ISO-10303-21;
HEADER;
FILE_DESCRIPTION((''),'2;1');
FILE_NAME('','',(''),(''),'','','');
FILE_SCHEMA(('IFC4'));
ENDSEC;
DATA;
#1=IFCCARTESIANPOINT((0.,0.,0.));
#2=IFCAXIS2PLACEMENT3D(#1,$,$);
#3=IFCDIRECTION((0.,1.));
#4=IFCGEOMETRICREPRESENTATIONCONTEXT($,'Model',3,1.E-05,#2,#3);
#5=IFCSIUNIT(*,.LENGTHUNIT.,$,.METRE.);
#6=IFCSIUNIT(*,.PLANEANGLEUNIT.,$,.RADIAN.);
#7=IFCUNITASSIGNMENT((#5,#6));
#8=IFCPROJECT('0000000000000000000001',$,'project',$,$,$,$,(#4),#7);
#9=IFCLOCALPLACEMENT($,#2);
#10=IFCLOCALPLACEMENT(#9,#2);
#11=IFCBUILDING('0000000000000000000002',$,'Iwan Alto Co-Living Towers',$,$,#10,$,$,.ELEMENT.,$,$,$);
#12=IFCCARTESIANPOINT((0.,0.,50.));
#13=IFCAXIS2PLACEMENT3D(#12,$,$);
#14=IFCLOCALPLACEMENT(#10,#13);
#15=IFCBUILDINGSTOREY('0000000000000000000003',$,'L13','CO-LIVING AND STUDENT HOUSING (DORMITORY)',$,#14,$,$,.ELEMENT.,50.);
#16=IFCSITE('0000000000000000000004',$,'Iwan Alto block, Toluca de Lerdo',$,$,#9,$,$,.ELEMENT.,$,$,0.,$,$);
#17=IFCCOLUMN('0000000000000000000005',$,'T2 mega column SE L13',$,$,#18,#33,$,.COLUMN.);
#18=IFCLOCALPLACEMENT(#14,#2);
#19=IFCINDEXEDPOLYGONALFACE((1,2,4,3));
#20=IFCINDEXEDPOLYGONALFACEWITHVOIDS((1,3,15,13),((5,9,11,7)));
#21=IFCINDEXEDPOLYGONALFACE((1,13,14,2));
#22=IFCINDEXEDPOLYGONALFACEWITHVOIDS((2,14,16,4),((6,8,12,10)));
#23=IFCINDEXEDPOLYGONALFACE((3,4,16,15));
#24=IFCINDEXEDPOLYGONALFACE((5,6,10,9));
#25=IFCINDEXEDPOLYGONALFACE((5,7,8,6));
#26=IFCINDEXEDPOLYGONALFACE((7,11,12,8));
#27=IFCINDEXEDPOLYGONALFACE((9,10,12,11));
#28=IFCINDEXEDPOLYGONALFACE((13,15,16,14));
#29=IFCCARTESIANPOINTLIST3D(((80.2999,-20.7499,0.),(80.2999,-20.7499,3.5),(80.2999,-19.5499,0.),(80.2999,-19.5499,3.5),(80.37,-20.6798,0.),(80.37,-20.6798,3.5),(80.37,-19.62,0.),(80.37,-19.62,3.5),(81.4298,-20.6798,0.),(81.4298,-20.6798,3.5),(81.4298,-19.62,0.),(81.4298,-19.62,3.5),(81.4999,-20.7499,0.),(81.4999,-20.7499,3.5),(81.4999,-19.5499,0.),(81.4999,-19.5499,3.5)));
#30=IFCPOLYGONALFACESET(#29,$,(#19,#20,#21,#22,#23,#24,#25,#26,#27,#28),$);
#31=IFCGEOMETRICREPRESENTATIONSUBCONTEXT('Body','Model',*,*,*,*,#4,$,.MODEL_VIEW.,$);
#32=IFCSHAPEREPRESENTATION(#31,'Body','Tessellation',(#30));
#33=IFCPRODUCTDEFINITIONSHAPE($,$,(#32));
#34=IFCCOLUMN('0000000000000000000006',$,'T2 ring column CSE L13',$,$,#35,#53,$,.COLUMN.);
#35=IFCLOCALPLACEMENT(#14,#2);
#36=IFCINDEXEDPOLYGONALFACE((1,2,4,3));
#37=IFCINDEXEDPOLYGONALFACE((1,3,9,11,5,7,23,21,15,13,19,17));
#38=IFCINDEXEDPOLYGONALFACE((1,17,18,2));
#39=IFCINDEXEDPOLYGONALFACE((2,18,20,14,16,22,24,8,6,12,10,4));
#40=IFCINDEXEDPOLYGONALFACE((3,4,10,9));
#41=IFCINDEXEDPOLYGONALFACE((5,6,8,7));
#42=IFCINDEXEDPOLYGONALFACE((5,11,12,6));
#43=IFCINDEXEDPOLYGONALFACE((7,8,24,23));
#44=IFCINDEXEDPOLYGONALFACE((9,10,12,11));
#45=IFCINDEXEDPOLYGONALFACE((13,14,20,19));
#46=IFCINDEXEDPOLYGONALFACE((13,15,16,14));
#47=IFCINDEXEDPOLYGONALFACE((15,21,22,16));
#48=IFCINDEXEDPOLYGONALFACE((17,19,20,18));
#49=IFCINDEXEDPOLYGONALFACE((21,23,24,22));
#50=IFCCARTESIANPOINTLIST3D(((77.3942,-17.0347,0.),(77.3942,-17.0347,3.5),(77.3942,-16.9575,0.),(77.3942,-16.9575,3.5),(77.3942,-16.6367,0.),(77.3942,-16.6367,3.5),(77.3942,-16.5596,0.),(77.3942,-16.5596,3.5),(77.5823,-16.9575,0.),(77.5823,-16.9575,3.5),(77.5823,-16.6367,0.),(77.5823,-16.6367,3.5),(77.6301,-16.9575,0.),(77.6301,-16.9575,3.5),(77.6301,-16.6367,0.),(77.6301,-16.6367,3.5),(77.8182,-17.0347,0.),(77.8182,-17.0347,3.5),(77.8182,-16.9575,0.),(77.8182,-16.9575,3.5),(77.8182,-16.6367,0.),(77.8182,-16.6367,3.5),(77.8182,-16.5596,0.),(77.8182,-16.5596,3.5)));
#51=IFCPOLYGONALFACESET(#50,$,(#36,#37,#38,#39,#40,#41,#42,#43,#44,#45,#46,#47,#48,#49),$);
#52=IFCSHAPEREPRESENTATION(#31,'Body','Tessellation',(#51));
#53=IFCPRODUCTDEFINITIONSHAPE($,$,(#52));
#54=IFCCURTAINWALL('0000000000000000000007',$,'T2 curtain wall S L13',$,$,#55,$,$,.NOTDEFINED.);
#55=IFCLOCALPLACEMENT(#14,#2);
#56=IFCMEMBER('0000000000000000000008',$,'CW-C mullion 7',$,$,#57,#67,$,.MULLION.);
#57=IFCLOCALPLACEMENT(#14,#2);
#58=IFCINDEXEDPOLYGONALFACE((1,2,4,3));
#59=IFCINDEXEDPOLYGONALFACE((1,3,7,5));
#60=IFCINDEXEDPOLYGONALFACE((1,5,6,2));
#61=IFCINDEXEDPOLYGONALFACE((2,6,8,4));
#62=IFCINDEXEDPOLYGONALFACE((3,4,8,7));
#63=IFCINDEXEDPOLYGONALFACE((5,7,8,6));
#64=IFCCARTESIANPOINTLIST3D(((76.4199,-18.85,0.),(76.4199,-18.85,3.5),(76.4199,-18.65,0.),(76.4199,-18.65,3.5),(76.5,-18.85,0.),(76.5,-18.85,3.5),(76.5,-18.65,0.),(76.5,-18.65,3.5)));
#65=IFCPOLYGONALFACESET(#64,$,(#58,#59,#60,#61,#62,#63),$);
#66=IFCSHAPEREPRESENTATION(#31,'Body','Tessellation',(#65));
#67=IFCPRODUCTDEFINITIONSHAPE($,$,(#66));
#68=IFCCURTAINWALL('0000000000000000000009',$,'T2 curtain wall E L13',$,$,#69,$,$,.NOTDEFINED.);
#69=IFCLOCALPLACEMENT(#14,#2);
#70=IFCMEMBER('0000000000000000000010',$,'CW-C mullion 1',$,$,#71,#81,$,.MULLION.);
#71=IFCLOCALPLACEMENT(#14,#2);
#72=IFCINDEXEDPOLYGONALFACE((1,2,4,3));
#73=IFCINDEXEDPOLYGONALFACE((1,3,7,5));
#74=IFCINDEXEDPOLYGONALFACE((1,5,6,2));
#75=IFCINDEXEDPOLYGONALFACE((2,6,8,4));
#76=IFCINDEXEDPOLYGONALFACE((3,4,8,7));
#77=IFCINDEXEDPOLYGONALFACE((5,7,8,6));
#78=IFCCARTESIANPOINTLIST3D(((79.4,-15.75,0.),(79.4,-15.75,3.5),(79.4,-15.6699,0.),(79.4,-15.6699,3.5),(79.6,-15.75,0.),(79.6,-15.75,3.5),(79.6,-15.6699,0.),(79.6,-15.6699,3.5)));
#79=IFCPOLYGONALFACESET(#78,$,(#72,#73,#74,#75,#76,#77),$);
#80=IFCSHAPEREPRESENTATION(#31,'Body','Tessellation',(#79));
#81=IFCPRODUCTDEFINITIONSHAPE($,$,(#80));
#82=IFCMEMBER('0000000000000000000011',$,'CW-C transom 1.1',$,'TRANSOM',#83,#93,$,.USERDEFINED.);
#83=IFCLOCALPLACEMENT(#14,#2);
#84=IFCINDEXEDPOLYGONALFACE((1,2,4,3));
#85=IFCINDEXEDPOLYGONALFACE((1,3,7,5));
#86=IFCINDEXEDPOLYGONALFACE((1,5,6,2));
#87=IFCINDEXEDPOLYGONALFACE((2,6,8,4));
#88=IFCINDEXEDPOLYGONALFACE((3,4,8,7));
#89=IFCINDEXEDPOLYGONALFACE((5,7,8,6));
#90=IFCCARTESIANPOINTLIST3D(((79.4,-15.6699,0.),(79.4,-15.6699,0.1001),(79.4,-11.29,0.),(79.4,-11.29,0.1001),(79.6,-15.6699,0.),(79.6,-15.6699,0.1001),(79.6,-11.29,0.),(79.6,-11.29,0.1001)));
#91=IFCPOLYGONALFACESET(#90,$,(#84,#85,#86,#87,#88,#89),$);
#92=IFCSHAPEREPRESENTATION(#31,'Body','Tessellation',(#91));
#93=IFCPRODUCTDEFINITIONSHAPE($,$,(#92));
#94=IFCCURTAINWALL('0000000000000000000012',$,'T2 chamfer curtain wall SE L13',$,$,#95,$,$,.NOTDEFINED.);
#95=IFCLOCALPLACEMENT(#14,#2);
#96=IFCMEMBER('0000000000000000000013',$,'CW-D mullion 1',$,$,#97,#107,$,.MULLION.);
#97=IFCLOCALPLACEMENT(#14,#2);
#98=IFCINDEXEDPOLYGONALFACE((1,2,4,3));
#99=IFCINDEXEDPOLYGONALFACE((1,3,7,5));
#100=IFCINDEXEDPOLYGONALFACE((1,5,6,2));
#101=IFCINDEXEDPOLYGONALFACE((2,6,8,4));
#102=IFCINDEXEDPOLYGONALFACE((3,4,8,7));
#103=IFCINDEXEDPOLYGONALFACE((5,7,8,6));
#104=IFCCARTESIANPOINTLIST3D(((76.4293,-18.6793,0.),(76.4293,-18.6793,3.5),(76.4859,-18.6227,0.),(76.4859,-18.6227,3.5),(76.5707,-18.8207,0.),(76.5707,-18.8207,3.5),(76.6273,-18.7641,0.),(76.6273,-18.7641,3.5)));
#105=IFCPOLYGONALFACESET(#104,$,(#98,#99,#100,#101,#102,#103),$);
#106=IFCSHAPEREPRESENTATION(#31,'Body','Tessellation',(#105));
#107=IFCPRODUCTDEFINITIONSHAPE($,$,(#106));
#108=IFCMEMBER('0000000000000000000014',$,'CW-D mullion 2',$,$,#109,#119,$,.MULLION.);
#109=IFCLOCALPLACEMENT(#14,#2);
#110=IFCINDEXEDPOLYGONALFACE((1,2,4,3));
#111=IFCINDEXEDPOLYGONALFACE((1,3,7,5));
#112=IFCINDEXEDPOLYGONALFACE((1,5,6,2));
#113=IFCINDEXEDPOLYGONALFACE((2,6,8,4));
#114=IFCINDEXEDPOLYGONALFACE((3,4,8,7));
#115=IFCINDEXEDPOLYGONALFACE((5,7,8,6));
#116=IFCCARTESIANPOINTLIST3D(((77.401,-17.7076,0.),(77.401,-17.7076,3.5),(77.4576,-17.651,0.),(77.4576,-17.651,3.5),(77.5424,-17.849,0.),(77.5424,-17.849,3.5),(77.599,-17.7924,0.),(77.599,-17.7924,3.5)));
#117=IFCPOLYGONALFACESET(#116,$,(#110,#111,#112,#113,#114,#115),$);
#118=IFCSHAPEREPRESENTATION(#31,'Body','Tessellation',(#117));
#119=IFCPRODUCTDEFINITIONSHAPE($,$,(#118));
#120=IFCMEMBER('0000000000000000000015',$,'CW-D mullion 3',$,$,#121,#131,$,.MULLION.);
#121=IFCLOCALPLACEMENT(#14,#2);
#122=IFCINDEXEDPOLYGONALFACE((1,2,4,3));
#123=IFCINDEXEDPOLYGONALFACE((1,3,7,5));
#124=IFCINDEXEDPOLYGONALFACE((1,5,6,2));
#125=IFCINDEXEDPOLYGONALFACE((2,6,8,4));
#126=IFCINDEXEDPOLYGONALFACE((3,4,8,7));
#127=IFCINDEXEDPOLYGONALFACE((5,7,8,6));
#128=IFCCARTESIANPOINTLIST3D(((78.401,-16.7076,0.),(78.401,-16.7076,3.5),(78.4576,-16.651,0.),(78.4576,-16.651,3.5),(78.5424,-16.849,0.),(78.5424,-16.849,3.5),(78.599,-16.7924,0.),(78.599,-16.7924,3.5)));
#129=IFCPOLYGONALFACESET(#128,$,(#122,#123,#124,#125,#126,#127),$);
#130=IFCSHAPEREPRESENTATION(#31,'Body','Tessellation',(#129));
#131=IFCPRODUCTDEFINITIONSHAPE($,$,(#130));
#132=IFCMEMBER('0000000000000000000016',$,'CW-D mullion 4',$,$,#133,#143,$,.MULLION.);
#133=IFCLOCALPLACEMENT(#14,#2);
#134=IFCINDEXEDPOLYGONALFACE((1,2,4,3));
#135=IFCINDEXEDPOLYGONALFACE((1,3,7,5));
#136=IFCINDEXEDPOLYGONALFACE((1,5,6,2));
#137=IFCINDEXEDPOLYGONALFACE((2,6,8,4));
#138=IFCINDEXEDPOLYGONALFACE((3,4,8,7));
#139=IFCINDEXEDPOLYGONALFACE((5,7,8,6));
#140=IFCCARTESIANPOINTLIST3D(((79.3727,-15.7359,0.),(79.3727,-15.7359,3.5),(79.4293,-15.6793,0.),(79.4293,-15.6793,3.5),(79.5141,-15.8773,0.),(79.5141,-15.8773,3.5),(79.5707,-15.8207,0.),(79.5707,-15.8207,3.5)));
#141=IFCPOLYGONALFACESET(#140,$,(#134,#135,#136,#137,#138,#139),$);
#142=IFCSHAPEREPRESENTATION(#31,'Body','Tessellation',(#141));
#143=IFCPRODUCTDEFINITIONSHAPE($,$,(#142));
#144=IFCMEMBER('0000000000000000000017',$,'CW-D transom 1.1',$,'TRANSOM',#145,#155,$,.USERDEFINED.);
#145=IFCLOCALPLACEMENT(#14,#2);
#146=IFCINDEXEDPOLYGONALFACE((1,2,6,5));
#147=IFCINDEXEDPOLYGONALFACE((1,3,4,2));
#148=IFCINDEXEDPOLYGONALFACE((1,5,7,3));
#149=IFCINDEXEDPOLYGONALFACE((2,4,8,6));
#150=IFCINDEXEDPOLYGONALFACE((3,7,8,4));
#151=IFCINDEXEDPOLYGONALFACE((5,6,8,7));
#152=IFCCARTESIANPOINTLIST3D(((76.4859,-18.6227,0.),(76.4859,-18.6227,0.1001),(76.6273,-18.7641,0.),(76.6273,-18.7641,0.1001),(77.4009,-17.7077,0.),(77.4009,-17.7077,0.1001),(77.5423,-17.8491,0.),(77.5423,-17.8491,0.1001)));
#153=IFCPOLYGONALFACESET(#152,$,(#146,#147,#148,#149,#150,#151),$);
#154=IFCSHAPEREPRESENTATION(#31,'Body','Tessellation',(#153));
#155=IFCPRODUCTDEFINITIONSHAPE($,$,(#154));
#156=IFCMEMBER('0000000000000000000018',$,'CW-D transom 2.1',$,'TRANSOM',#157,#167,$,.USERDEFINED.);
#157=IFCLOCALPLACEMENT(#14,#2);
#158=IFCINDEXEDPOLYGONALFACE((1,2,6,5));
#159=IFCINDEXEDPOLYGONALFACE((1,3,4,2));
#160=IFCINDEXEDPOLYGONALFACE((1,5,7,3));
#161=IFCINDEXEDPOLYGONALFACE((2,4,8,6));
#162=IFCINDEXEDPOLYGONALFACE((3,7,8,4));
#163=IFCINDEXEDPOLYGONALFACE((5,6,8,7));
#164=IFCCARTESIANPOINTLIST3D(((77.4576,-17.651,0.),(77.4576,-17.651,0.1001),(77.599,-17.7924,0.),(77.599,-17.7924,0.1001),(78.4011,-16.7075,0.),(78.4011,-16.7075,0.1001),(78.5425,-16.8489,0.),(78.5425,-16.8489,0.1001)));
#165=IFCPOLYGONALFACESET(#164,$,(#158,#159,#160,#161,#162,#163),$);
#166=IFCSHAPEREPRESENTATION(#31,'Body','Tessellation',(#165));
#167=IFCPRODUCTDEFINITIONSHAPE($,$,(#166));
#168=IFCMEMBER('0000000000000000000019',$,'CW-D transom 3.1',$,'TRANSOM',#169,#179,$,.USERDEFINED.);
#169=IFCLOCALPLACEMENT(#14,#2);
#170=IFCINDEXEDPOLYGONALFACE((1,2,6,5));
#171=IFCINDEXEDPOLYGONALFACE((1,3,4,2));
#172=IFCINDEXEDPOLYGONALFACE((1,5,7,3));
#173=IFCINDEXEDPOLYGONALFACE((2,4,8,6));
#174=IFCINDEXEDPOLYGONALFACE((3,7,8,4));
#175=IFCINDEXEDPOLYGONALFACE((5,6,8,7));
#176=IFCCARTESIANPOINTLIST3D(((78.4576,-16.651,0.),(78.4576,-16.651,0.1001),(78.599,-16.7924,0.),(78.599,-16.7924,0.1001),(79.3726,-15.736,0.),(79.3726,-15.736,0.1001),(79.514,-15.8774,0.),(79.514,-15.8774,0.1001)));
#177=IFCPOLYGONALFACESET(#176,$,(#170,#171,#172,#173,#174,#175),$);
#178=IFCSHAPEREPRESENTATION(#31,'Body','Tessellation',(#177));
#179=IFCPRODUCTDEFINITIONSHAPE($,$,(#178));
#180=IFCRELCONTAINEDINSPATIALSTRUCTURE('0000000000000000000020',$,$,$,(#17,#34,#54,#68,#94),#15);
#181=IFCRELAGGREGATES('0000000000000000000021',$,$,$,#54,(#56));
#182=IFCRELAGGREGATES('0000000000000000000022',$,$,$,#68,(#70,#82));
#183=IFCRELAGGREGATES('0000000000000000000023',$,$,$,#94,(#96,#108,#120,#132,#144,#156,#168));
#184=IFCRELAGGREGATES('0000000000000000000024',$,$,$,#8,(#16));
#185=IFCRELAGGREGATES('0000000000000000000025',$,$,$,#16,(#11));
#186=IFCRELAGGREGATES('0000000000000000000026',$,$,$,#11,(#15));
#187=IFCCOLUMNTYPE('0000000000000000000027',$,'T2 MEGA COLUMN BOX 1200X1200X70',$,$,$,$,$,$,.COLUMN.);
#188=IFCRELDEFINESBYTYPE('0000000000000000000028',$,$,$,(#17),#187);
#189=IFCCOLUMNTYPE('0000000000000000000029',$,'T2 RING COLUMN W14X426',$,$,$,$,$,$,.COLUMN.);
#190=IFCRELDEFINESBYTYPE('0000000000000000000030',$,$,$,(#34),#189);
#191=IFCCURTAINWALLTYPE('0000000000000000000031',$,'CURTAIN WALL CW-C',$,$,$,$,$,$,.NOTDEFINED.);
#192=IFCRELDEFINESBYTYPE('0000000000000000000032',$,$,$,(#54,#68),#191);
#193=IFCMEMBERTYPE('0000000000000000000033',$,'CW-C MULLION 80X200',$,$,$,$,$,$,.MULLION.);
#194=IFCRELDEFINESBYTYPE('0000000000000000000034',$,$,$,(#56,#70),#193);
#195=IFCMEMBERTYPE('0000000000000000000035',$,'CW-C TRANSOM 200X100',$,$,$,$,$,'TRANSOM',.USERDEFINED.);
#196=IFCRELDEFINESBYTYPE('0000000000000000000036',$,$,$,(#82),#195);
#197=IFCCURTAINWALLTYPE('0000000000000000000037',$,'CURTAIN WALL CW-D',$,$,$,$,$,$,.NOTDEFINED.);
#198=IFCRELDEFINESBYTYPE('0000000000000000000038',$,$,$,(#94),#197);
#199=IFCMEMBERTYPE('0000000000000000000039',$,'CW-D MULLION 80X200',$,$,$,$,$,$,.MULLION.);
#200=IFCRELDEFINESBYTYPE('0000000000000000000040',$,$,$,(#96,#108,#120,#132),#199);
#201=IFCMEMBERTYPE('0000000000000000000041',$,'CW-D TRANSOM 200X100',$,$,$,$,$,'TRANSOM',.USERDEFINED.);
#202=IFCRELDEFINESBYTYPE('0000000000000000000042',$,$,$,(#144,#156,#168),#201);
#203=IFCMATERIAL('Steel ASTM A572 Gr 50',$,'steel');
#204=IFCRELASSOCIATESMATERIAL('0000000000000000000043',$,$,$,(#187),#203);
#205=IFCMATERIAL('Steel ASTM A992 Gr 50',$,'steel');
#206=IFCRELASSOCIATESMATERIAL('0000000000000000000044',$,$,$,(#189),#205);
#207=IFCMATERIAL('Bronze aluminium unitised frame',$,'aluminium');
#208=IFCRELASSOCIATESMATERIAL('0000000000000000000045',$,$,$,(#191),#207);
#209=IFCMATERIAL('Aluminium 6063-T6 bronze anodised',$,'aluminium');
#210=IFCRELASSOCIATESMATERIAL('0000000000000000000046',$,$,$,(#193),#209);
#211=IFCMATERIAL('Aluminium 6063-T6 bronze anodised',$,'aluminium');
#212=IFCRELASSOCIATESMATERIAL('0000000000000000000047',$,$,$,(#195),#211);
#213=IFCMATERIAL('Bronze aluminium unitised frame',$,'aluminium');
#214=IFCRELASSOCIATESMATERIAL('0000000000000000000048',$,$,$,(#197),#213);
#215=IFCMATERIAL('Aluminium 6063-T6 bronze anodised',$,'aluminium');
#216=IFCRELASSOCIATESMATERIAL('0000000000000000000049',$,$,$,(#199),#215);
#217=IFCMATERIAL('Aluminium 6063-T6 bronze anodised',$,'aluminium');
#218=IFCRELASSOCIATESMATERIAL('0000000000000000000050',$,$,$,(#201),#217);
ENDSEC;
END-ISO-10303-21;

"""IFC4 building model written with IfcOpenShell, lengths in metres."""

from ifc_helpers import new_model, si_unit, direction, frame, origin, origin_2d, place, context, subcontext, project, spatial, rectangle, hollow_rectangle, i_section, extrude, material, material_profile, profile_set, type_object, element, aggregate, save


model = new_model("IFC4")

# Units and contexts
model_context = context("Model", 3, precision=1e-05, world=origin(), true_north=direction((0.0, 1.0)))
body_context = subcontext(model_context, "Body", "Model", "MODEL_VIEW")
ifc_project = project(units=[si_unit("LENGTHUNIT", "METRE"), si_unit("PLANEANGLEUNIT", "RADIAN")], contexts=[model_context])

# Site, building, storey
site_placement = place(None, origin())
site = spatial("IfcSite", under=ifc_project, at=site_placement, Name="Iwan Alto block, Toluca de Lerdo", CompositionType="ELEMENT", RefElevation=0.0)
building_placement = place(site_placement, origin())
building = spatial("IfcBuilding", under=site, at=building_placement, Name="Iwan Alto Co-Living Towers", CompositionType="ELEMENT")
storey_placement = place(building_placement, frame((0.0, 0.0, 50.0)))
storey = spatial("IfcBuildingStorey", under=building, at=storey_placement, Name="L13", Description="CO-LIVING AND STUDENT HOUSING (DORMITORY)", CompositionType="ELEMENT", Elevation=50.0)

# Columns
ifc_material_1 = material(Name="Steel ASTM A572 Gr 50", Category="steel")
ifc_material_profile_1 = material_profile(ifc_material_1, hollow_rectangle(XDim=1.2, YDim=1.2, WallThickness=0.0701, at=origin_2d()), Name="BOX 1200X1200X70")
ifc_profile_set_1 = profile_set([ifc_material_profile_1], Name="Steel ASTM A572 Gr 50")
column_type_1 = type_object("IfcColumnType", Name="T2 MEGA COLUMN BOX 1200X1200X70", PredefinedType="COLUMN", material=ifc_profile_set_1)
column_1_placement = place(storey_placement, frame((80.8999, -20.1499, 0.0), z_axis=(0.0, 0.0, 1.0), x_axis=(1.0, 0.0, 0.0)))
element("IfcColumn", 1, at=column_1_placement, inside=storey, type_object=column_type_1, Name="T2 mega column SE L13", PredefinedType="COLUMN", context=body_context, shape_type="SweptSolid", body=[
    extrude(hollow_rectangle(XDim=1.2, YDim=1.2, WallThickness=0.0701, at=origin_2d()), origin(), (0.0, 0.0, 1.0), 3.5),
])
ifc_material_2 = material(Name="Steel ASTM A992 Gr 50", Category="steel")
ifc_material_profile_2 = material_profile(ifc_material_2, i_section(OverallWidth=0.4241, OverallDepth=0.4751, WebThickness=0.0479, FlangeThickness=0.0771, at=origin_2d()), Name="W14X426")
ifc_profile_set_2 = profile_set([ifc_material_profile_2], Name="Steel ASTM A992 Gr 50")
column_type_2 = type_object("IfcColumnType", Name="T2 RING COLUMN W14X426", PredefinedType="COLUMN", material=ifc_profile_set_2)
column_2_placement = place(storey_placement, frame((77.6062, -16.7971, 0.0), z_axis=(0.0, 0.0, 1.0), x_axis=(1.0, 0.0, 0.0)))
element("IfcColumn", 2, at=column_2_placement, inside=storey, type_object=column_type_2, Name="T2 ring column CSE L13", PredefinedType="COLUMN", context=body_context, shape_type="SweptSolid", body=[
    extrude(i_section(OverallWidth=0.4241, OverallDepth=0.4751, WebThickness=0.0479, FlangeThickness=0.0771, at=origin_2d()), origin(), (0.0, 0.0, 1.0), 3.5),
])

# Curtain wall, member
ifc_material_3 = material(Name="Bronze aluminium unitised frame", Category="aluminium")
curtain_wall_type_1 = type_object("IfcCurtainWallType", Name="CURTAIN WALL CW-C", PredefinedType="NOTDEFINED", material=ifc_material_3)
curtain_wall_1_placement = place(storey_placement, origin())
curtain_wall_1 = element("IfcCurtainWall", 3, at=curtain_wall_1_placement, inside=storey, type_object=curtain_wall_type_1, Name="T2 curtain wall S L13", PredefinedType="NOTDEFINED")
ifc_material_4 = material(Name="Aluminium 6063-T6 bronze anodised", Category="aluminium")
ifc_material_profile_3 = material_profile(ifc_material_4, rectangle(XDim=0.2, YDim=0.0801, at=origin_2d()), Name="AL 80X200")
ifc_profile_set_3 = profile_set([ifc_material_profile_3], Name="Aluminium 6063-T6 bronze anodised")
member_type_1 = type_object("IfcMemberType", Name="CW-C MULLION 80X200", PredefinedType="MULLION", material=ifc_profile_set_3)
member_1_placement = place(storey_placement, frame((76.46, -18.75, 0.0), z_axis=(0.0, 0.0, 1.0), x_axis=(0.0, 1.0, 0.0)))
member_1 = element("IfcMember", 4, at=member_1_placement, type_object=member_type_1, Name="CW-C mullion 7", PredefinedType="MULLION", context=body_context, shape_type="SweptSolid", body=[
    extrude(rectangle(XDim=0.2, YDim=0.0801, at=origin_2d()), origin(), (0.0, 0.0, 1.0), 3.5),
])

# Curtain walls, members
curtain_wall_2_placement = place(storey_placement, origin())
curtain_wall_2 = element("IfcCurtainWall", 5, at=curtain_wall_2_placement, inside=storey, type_object=curtain_wall_type_1, Name="T2 curtain wall E L13", PredefinedType="NOTDEFINED")
member_2_placement = place(storey_placement, frame((79.5, -15.71, 0.0), z_axis=(0.0, 0.0, 1.0), x_axis=(-1.0, 0.0, 0.0)))
member_2 = element("IfcMember", 6, at=member_2_placement, type_object=member_type_1, Name="CW-C mullion 1", PredefinedType="MULLION", context=body_context, shape_type="SweptSolid", body=[
    extrude(rectangle(XDim=0.2, YDim=0.0801, at=origin_2d()), origin(), (0.0, 0.0, 1.0), 3.5),
])
ifc_material_5 = material(Name="Aluminium 6063-T6 bronze anodised", Category="aluminium")
ifc_material_profile_4 = material_profile(ifc_material_5, rectangle(XDim=0.2, YDim=0.1001, at=origin_2d()), Name="AL 200X100")
ifc_profile_set_4 = profile_set([ifc_material_profile_4], Name="Aluminium 6063-T6 bronze anodised")
member_type_2 = type_object("IfcMemberType", Name="CW-C TRANSOM 200X100", ElementType="TRANSOM", PredefinedType="USERDEFINED", material=ifc_profile_set_4)
member_3_placement = place(storey_placement, frame((79.5, -15.6699, 0.05), z_axis=(0.0, 1.0, 0.0), x_axis=(-1.0, 0.0, 0.0)))
member_3 = element("IfcMember", 7, at=member_3_placement, type_object=member_type_2, Name="CW-C transom 1.1", ObjectType="TRANSOM", PredefinedType="USERDEFINED", context=body_context, shape_type="SweptSolid", body=[
    extrude(rectangle(XDim=0.2, YDim=0.1001, at=origin_2d()), origin(), (0.0, 0.0, 1.0), 4.3799),
])
ifc_material_6 = material(Name="Bronze aluminium unitised frame", Category="aluminium")
curtain_wall_type_2 = type_object("IfcCurtainWallType", Name="CURTAIN WALL CW-D", PredefinedType="NOTDEFINED", material=ifc_material_6)
curtain_wall_3_placement = place(storey_placement, origin())
curtain_wall_3 = element("IfcCurtainWall", 8, at=curtain_wall_3_placement, inside=storey, type_object=curtain_wall_type_2, Name="T2 chamfer curtain wall SE L13", PredefinedType="NOTDEFINED")
ifc_material_7 = material(Name="Aluminium 6063-T6 bronze anodised", Category="aluminium")
ifc_material_profile_5 = material_profile(ifc_material_7, rectangle(XDim=0.2, YDim=0.0801, at=origin_2d()), Name="AL 80X200")
ifc_profile_set_5 = profile_set([ifc_material_profile_5], Name="Aluminium 6063-T6 bronze anodised")
member_type_3 = type_object("IfcMemberType", Name="CW-D MULLION 80X200", PredefinedType="MULLION", material=ifc_profile_set_5)
member_4_placement = place(storey_placement, frame((76.5283, -18.7217, 0.0), z_axis=(0.0, 0.0, 1.0), x_axis=(-0.707107, 0.707107, 0.0)))
member_4 = element("IfcMember", 9, at=member_4_placement, type_object=member_type_3, Name="CW-D mullion 1", PredefinedType="MULLION", context=body_context, shape_type="SweptSolid", body=[
    extrude(rectangle(XDim=0.2, YDim=0.0801, at=origin_2d()), origin(), (0.0, 0.0, 1.0), 3.5),
])
member_5_placement = place(storey_placement, frame((77.5, -17.75, 0.0), z_axis=(0.0, 0.0, 1.0), x_axis=(-0.707107, 0.707107, 0.0)))
member_5 = element("IfcMember", 10, at=member_5_placement, type_object=member_type_3, Name="CW-D mullion 2", PredefinedType="MULLION", context=body_context, shape_type="SweptSolid", body=[
    extrude(rectangle(XDim=0.2, YDim=0.0801, at=origin_2d()), origin(), (0.0, 0.0, 1.0), 3.5),
])
member_6_placement = place(storey_placement, frame((78.5, -16.75, 0.0), z_axis=(0.0, 0.0, 1.0), x_axis=(-0.707107, 0.707107, 0.0)))
member_6 = element("IfcMember", 11, at=member_6_placement, type_object=member_type_3, Name="CW-D mullion 3", PredefinedType="MULLION", context=body_context, shape_type="SweptSolid", body=[
    extrude(rectangle(XDim=0.2, YDim=0.0801, at=origin_2d()), origin(), (0.0, 0.0, 1.0), 3.5),
])
member_7_placement = place(storey_placement, frame((79.4717, -15.7783, 0.0), z_axis=(0.0, 0.0, 1.0), x_axis=(-0.707107, 0.707107, 0.0)))
member_7 = element("IfcMember", 12, at=member_7_placement, type_object=member_type_3, Name="CW-D mullion 4", PredefinedType="MULLION", context=body_context, shape_type="SweptSolid", body=[
    extrude(rectangle(XDim=0.2, YDim=0.0801, at=origin_2d()), origin(), (0.0, 0.0, 1.0), 3.5),
])
ifc_material_8 = material(Name="Aluminium 6063-T6 bronze anodised", Category="aluminium")
ifc_material_profile_6 = material_profile(ifc_material_8, rectangle(XDim=0.2, YDim=0.1001, at=origin_2d()), Name="AL 200X100")
ifc_profile_set_6 = profile_set([ifc_material_profile_6], Name="Aluminium 6063-T6 bronze anodised")
member_type_4 = type_object("IfcMemberType", Name="CW-D TRANSOM 200X100", ElementType="TRANSOM", PredefinedType="USERDEFINED", material=ifc_profile_set_6)
member_8_placement = place(storey_placement, frame((76.5566, -18.6934, 0.05), z_axis=(0.707107, 0.707107, 0.0), x_axis=(-0.707107, 0.707107, 0.0)))
member_8 = element("IfcMember", 13, at=member_8_placement, type_object=member_type_4, Name="CW-D transom 1.1", ObjectType="TRANSOM", PredefinedType="USERDEFINED", context=body_context, shape_type="SweptSolid", body=[
    extrude(rectangle(XDim=0.2, YDim=0.1001, at=origin_2d()), origin(), (0.0, 0.0, 1.0), 1.2939),
])
member_9_placement = place(storey_placement, frame((77.5283, -17.7217, 0.05), z_axis=(0.707107, 0.707107, 0.0), x_axis=(-0.707107, 0.707107, 0.0)))
member_9 = element("IfcMember", 14, at=member_9_placement, type_object=member_type_4, Name="CW-D transom 2.1", ObjectType="TRANSOM", PredefinedType="USERDEFINED", context=body_context, shape_type="SweptSolid", body=[
    extrude(rectangle(XDim=0.2, YDim=0.1001, at=origin_2d()), origin(), (0.0, 0.0, 1.0), 1.3342),
])
member_10_placement = place(storey_placement, frame((78.5283, -16.7217, 0.05), z_axis=(0.707107, 0.707107, 0.0), x_axis=(-0.707107, 0.707107, 0.0)))
member_10 = element("IfcMember", 15, at=member_10_placement, type_object=member_type_4, Name="CW-D transom 3.1", ObjectType="TRANSOM", PredefinedType="USERDEFINED", context=body_context, shape_type="SweptSolid", body=[
    extrude(rectangle(XDim=0.2, YDim=0.1001, at=origin_2d()), origin(), (0.0, 0.0, 1.0), 1.2939),
])

aggregate(curtain_wall_1, [member_1])
aggregate(curtain_wall_2, [member_2, member_3])
aggregate(curtain_wall_3, [member_4, member_5, member_6, member_7, member_8, member_9, member_10])

save(model, "model.ifc")
